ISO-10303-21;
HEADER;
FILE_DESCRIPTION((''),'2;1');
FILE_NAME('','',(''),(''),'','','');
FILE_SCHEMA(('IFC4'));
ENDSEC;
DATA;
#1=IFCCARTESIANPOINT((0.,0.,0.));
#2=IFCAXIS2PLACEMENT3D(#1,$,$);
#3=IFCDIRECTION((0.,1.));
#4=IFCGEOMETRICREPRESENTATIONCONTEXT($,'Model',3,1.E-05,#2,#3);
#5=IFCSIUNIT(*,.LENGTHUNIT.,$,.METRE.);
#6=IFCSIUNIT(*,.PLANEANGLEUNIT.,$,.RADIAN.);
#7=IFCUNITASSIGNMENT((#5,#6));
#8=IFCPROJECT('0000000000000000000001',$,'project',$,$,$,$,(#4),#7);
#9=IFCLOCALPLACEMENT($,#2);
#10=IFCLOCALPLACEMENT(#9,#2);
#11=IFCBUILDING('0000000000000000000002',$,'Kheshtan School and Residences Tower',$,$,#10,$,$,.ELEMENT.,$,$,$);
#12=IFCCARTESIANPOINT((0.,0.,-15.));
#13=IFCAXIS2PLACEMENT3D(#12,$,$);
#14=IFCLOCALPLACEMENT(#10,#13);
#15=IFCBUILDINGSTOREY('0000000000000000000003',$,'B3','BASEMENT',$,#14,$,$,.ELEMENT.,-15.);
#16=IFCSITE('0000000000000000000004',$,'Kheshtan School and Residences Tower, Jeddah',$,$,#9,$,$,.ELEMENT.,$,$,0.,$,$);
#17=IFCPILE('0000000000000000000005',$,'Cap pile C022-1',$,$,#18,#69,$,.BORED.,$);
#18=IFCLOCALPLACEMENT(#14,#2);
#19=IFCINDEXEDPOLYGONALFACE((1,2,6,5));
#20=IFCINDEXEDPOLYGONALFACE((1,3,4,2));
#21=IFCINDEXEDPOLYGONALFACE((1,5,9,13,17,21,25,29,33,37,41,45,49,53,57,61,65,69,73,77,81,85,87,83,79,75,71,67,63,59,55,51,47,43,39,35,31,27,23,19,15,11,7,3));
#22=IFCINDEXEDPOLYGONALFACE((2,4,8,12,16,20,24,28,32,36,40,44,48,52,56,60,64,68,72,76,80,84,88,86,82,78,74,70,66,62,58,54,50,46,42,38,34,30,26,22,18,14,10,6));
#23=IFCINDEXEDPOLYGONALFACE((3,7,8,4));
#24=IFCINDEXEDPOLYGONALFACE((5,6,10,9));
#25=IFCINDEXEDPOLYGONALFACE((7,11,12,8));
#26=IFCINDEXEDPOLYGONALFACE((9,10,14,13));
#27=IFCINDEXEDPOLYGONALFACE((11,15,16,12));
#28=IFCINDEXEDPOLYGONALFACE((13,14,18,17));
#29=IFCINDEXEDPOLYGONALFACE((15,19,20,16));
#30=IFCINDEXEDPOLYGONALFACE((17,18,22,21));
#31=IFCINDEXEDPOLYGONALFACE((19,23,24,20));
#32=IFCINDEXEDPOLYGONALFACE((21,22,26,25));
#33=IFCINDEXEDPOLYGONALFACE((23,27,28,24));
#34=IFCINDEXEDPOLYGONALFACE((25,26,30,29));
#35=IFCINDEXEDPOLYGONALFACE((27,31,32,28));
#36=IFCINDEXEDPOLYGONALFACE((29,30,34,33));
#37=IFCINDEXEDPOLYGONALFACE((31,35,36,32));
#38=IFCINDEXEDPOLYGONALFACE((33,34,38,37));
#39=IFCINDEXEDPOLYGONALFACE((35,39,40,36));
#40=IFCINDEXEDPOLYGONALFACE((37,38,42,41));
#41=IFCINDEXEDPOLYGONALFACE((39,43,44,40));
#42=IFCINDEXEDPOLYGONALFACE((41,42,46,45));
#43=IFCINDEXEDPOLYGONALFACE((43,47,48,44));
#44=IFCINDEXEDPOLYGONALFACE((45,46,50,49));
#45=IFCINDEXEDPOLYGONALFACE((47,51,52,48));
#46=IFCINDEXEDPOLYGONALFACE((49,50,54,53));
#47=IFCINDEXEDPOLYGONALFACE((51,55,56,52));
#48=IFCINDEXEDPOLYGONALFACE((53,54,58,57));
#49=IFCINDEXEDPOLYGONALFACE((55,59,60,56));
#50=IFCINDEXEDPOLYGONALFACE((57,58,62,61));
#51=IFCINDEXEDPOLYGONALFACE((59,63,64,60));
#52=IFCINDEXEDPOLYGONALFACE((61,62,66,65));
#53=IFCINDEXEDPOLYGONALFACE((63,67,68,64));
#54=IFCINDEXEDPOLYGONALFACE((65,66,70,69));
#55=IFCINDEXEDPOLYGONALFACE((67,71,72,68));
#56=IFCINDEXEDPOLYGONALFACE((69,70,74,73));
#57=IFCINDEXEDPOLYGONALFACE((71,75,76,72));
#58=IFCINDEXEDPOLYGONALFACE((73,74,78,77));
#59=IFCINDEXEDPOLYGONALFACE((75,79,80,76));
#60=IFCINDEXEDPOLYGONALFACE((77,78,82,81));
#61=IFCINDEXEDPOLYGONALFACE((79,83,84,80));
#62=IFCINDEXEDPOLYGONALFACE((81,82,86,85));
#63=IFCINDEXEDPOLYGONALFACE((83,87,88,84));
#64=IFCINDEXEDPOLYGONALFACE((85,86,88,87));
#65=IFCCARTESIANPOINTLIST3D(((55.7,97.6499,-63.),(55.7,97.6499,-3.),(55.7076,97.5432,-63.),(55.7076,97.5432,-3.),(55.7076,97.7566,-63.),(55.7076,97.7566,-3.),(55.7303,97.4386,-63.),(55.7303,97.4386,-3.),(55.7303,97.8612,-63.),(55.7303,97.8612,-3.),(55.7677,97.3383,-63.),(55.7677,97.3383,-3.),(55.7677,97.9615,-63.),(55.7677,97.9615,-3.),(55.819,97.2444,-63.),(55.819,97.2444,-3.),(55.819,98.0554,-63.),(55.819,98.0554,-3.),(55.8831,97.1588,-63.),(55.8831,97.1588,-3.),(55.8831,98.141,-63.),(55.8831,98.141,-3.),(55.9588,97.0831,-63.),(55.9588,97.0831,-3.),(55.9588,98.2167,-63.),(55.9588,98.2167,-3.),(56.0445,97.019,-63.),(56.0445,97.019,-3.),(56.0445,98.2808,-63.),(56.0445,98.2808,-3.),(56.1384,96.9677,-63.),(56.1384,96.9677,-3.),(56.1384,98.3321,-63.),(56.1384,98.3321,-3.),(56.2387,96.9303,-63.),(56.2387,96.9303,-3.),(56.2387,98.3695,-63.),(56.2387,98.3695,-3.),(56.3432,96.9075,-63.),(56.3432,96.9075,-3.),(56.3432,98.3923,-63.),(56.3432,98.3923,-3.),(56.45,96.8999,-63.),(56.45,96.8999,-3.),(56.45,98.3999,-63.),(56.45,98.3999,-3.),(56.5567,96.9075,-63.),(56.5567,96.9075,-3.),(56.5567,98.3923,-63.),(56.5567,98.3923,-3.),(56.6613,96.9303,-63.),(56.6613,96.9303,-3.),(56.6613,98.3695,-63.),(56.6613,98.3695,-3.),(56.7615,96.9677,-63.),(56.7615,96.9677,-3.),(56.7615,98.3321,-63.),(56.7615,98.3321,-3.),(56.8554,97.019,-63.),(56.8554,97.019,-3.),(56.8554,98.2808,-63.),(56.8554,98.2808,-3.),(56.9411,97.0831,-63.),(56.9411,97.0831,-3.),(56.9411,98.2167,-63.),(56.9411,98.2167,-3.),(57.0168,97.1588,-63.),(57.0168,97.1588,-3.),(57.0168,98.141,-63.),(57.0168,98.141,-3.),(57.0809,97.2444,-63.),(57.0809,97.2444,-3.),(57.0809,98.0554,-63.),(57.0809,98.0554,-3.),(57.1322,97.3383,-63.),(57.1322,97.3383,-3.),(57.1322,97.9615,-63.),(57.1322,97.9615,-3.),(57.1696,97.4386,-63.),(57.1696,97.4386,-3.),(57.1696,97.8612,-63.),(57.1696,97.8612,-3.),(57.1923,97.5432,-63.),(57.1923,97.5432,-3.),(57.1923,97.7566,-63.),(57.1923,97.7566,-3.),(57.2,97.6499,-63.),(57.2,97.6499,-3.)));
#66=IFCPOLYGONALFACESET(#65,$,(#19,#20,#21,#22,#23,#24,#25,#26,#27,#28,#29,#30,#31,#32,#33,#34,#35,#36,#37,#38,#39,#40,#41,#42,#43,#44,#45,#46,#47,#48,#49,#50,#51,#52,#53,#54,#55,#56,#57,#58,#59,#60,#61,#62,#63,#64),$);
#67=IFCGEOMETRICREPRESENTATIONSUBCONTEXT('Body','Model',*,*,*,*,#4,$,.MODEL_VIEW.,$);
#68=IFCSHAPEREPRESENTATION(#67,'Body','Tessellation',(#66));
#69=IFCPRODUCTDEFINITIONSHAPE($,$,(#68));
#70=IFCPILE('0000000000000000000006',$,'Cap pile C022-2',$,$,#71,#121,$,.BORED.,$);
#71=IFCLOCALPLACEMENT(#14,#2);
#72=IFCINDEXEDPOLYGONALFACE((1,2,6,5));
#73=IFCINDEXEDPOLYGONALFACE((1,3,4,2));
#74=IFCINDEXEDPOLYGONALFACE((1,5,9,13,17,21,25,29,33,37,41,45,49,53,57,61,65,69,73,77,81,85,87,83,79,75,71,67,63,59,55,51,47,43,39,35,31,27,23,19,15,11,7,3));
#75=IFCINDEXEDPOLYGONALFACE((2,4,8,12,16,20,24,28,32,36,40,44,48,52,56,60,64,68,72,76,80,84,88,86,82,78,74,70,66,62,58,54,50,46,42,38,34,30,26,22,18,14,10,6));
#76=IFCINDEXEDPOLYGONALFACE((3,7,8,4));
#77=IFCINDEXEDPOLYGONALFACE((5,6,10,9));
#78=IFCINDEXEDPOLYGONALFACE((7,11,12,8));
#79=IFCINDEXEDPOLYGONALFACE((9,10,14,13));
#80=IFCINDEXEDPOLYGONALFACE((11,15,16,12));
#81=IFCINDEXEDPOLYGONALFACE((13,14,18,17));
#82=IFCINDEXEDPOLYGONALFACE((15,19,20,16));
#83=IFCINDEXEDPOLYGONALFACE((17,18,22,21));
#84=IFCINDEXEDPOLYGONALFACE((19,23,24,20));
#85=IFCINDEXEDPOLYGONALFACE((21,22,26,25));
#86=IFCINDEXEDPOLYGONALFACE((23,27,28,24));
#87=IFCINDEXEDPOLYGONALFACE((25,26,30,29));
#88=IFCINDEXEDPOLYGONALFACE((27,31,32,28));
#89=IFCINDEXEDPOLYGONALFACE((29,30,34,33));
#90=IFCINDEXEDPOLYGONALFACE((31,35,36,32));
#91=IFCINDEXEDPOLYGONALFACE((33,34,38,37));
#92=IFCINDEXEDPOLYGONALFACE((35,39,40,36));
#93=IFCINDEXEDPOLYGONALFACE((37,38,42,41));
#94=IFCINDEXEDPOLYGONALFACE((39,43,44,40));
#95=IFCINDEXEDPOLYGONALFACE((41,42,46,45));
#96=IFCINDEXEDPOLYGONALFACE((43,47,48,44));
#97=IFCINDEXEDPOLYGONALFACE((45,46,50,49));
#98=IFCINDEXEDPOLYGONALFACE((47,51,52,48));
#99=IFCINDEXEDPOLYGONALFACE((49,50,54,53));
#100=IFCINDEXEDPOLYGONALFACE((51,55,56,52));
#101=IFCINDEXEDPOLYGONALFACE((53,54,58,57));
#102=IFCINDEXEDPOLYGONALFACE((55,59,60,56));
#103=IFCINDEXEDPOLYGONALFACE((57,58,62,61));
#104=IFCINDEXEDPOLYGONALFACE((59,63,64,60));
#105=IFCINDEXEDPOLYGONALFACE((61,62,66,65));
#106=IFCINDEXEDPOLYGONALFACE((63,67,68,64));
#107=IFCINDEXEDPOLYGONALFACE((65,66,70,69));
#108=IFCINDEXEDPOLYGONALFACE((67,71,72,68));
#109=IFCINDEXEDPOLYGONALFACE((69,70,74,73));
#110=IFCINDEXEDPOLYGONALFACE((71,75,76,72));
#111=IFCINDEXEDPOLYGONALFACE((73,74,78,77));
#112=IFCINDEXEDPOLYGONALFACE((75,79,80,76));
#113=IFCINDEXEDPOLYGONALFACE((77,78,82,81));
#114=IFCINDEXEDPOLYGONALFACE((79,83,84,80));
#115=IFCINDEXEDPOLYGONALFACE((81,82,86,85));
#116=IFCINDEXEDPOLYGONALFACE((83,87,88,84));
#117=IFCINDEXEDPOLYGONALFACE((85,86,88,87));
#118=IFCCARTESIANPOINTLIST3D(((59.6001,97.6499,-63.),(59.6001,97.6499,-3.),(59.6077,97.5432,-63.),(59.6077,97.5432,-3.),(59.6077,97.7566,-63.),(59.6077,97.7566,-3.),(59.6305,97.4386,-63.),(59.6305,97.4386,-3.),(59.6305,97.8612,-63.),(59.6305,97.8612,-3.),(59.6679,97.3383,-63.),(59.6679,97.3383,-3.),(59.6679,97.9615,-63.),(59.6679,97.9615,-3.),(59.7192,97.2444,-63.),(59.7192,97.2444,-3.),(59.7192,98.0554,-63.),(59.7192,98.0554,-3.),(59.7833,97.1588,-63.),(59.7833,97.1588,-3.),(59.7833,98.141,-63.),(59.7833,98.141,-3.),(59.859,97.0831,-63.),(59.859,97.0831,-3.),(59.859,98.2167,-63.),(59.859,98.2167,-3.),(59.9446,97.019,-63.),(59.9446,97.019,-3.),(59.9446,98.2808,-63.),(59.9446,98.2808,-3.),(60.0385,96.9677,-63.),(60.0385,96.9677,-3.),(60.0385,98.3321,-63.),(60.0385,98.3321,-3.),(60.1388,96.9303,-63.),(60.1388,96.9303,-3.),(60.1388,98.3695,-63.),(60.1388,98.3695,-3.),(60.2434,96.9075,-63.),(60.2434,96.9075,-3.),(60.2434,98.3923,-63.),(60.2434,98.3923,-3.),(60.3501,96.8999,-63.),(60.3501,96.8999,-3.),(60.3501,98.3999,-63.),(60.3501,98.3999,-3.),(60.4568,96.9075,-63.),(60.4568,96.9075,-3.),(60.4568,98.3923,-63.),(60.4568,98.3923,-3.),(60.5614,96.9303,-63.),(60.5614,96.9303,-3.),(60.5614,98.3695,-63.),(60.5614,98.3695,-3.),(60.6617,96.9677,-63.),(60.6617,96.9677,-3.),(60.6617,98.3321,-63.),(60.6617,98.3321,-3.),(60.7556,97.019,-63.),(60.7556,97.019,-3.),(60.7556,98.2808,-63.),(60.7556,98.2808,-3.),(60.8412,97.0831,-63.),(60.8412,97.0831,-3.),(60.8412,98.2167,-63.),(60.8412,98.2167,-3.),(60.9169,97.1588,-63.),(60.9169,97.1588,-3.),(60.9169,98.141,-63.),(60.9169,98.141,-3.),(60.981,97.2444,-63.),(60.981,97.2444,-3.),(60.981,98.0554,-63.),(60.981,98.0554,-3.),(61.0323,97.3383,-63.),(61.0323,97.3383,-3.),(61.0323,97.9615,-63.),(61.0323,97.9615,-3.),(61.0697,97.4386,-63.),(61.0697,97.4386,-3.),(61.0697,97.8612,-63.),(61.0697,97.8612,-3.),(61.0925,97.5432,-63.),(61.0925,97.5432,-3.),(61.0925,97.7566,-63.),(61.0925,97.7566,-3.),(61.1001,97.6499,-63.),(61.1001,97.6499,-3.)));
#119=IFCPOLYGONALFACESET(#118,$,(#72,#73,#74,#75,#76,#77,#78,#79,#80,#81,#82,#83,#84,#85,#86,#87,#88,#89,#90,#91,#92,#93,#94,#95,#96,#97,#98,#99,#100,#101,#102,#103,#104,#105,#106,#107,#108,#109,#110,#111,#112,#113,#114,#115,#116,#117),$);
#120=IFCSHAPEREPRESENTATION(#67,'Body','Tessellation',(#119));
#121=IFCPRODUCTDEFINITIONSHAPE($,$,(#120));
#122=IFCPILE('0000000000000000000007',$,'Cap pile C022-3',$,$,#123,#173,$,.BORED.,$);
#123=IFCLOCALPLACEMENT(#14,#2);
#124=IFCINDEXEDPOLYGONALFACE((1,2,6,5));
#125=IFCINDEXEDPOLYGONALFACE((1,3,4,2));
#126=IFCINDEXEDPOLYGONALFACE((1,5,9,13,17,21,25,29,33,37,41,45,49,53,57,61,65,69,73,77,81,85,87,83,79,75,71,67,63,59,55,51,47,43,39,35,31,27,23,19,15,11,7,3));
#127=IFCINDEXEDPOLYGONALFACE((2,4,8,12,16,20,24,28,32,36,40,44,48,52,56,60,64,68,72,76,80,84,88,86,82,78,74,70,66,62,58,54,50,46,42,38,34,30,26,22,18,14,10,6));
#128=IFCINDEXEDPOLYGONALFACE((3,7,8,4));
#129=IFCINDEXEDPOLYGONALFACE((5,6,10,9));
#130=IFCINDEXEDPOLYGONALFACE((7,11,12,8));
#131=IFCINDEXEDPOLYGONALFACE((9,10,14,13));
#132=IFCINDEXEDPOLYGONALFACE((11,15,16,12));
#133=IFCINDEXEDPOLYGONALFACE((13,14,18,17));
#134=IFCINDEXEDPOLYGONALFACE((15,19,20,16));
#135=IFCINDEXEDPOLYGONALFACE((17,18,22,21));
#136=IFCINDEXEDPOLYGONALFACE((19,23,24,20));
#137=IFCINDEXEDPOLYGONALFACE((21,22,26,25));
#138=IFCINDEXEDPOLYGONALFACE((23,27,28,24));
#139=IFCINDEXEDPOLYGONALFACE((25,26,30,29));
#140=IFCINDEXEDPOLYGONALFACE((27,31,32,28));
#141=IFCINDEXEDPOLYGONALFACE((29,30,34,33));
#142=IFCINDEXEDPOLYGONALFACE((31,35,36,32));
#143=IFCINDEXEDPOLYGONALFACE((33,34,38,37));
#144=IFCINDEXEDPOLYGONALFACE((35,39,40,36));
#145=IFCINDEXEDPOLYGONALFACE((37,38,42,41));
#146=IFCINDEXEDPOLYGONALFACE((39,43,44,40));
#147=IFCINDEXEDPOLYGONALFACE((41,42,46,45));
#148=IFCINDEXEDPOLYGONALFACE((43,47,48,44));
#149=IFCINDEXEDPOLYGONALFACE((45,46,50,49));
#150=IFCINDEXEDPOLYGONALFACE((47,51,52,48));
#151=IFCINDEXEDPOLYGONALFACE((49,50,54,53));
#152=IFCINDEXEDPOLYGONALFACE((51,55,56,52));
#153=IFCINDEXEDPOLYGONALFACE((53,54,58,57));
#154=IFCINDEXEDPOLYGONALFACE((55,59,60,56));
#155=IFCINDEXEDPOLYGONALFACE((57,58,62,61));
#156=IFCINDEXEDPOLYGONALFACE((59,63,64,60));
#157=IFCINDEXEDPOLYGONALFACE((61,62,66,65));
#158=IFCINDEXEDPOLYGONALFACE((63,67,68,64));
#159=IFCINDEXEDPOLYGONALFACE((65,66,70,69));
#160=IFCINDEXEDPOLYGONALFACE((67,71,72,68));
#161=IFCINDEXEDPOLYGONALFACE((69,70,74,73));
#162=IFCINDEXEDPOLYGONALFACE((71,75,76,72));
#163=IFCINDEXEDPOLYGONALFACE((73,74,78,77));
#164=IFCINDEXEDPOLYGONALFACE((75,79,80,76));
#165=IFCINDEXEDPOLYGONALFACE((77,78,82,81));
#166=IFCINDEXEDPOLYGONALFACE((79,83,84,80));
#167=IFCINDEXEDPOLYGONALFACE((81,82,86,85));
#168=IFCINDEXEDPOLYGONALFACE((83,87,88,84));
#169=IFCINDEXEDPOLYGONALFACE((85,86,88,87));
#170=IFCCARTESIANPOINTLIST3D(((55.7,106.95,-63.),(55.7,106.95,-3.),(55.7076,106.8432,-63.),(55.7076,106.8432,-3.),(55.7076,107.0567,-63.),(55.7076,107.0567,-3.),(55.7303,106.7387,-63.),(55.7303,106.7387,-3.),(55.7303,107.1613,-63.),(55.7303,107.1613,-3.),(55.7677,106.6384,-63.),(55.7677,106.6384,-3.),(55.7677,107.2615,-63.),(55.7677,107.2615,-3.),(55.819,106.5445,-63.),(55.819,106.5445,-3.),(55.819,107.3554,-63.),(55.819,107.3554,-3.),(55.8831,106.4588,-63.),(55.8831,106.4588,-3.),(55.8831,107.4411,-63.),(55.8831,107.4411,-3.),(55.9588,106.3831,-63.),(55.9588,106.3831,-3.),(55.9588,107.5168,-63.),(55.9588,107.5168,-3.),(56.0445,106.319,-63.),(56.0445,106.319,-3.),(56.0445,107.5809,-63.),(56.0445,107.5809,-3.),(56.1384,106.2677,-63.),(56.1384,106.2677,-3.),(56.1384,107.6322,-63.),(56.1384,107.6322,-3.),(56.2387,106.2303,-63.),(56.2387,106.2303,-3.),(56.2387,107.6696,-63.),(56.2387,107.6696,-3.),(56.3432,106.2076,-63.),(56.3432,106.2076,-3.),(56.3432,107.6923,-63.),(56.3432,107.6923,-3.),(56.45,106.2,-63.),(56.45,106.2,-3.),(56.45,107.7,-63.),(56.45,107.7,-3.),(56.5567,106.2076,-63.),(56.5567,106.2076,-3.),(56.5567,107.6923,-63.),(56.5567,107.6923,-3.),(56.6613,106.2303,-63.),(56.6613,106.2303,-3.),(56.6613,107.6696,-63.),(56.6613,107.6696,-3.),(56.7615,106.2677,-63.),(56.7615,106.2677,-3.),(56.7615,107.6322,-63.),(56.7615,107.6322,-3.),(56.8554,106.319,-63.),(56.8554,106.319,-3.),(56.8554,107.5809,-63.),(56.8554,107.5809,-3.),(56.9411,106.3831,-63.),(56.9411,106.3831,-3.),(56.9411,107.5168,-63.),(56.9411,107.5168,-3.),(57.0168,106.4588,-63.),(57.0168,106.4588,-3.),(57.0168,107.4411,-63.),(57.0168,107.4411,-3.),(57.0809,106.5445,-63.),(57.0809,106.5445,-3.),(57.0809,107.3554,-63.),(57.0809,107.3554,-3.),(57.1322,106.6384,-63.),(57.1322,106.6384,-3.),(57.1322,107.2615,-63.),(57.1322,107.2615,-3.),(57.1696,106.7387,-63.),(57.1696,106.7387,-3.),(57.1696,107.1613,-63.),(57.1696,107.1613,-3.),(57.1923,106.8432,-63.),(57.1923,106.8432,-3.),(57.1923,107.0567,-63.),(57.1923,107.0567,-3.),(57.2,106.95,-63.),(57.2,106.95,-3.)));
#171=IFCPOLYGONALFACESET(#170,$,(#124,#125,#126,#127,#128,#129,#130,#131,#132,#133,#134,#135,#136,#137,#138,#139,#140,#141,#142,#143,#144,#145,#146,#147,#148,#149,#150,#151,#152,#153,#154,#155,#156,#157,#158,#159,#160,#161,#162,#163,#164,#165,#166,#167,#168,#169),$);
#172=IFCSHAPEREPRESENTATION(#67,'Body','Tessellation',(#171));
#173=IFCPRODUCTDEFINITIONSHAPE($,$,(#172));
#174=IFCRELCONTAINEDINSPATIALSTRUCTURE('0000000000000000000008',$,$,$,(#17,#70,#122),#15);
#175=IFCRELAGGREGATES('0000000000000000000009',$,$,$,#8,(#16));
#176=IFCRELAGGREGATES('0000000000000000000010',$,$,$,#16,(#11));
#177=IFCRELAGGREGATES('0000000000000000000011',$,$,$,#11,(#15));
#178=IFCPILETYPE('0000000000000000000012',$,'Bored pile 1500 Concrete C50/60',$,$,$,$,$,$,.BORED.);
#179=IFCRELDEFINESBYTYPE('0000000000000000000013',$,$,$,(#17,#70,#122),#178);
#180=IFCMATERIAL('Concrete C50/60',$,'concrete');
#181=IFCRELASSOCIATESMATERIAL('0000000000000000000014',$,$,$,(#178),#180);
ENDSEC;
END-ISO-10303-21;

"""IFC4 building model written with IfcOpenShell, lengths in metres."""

from ifc_helpers import new_model, si_unit, direction, frame, origin, origin_2d, place, context, subcontext, project, spatial, circle, extrude, material, material_profile, profile_set, type_object, element, save


model = new_model("IFC4")

# Units and contexts
model_context = context("Model", 3, precision=1e-05, world=origin(), true_north=direction((0.0, 1.0)))
body_context = subcontext(model_context, "Body", "Model", "MODEL_VIEW")
ifc_project = project(units=[si_unit("LENGTHUNIT", "METRE"), si_unit("PLANEANGLEUNIT", "RADIAN")], contexts=[model_context])

# Site, building, storey
site_placement = place(None, origin())
site = spatial("IfcSite", under=ifc_project, at=site_placement, Name="Kheshtan School and Residences Tower, Jeddah", CompositionType="ELEMENT", RefElevation=0.0)
building_placement = place(site_placement, origin())
building = spatial("IfcBuilding", under=site, at=building_placement, Name="Kheshtan School and Residences Tower", CompositionType="ELEMENT")
storey_placement = place(building_placement, frame((0.0, 0.0, -15.0)))
storey = spatial("IfcBuildingStorey", under=building, at=storey_placement, Name="B3", Description="BASEMENT", CompositionType="ELEMENT", Elevation=-15.0)

# Piles
ifc_material_1 = material(Name="Concrete C50/60", Category="concrete")
ifc_material_profile_1 = material_profile(ifc_material_1, circle(Radius=0.75, at=origin_2d()), Name="BP 1500")
ifc_profile_set_1 = profile_set([ifc_material_profile_1], Name="Concrete C50/60")
pile_type_1 = type_object("IfcPileType", Name="Bored pile 1500 Concrete C50/60", PredefinedType="BORED", material=ifc_profile_set_1)
for number, where, z_axis, x_axis, name in (
    (1, (56.45, 97.6499, -3.0), (0.0, 0.0, -1.0), (1.0, 0.0, 0.0), "Cap pile C022-1"),
    (2, (60.3501, 97.6499, -3.0), (0.0, 0.0, -1.0), (1.0, 0.0, 0.0), "Cap pile C022-2"),
    (3, (56.45, 106.95, -3.0), (0.0, 0.0, -1.0), (1.0, 0.0, 0.0), "Cap pile C022-3"),
):
    element("IfcPile", number, at=place(storey_placement, frame(where, z_axis=z_axis, x_axis=x_axis)), inside=storey, type_object=pile_type_1, Name=name, PredefinedType="BORED", context=body_context, shape_type="SweptSolid", body=[
        extrude(circle(Radius=0.75, at=origin_2d()), origin(), (0.0, 0.0, 1.0), 60.0),
    ])

save(model, "model.ifc")
